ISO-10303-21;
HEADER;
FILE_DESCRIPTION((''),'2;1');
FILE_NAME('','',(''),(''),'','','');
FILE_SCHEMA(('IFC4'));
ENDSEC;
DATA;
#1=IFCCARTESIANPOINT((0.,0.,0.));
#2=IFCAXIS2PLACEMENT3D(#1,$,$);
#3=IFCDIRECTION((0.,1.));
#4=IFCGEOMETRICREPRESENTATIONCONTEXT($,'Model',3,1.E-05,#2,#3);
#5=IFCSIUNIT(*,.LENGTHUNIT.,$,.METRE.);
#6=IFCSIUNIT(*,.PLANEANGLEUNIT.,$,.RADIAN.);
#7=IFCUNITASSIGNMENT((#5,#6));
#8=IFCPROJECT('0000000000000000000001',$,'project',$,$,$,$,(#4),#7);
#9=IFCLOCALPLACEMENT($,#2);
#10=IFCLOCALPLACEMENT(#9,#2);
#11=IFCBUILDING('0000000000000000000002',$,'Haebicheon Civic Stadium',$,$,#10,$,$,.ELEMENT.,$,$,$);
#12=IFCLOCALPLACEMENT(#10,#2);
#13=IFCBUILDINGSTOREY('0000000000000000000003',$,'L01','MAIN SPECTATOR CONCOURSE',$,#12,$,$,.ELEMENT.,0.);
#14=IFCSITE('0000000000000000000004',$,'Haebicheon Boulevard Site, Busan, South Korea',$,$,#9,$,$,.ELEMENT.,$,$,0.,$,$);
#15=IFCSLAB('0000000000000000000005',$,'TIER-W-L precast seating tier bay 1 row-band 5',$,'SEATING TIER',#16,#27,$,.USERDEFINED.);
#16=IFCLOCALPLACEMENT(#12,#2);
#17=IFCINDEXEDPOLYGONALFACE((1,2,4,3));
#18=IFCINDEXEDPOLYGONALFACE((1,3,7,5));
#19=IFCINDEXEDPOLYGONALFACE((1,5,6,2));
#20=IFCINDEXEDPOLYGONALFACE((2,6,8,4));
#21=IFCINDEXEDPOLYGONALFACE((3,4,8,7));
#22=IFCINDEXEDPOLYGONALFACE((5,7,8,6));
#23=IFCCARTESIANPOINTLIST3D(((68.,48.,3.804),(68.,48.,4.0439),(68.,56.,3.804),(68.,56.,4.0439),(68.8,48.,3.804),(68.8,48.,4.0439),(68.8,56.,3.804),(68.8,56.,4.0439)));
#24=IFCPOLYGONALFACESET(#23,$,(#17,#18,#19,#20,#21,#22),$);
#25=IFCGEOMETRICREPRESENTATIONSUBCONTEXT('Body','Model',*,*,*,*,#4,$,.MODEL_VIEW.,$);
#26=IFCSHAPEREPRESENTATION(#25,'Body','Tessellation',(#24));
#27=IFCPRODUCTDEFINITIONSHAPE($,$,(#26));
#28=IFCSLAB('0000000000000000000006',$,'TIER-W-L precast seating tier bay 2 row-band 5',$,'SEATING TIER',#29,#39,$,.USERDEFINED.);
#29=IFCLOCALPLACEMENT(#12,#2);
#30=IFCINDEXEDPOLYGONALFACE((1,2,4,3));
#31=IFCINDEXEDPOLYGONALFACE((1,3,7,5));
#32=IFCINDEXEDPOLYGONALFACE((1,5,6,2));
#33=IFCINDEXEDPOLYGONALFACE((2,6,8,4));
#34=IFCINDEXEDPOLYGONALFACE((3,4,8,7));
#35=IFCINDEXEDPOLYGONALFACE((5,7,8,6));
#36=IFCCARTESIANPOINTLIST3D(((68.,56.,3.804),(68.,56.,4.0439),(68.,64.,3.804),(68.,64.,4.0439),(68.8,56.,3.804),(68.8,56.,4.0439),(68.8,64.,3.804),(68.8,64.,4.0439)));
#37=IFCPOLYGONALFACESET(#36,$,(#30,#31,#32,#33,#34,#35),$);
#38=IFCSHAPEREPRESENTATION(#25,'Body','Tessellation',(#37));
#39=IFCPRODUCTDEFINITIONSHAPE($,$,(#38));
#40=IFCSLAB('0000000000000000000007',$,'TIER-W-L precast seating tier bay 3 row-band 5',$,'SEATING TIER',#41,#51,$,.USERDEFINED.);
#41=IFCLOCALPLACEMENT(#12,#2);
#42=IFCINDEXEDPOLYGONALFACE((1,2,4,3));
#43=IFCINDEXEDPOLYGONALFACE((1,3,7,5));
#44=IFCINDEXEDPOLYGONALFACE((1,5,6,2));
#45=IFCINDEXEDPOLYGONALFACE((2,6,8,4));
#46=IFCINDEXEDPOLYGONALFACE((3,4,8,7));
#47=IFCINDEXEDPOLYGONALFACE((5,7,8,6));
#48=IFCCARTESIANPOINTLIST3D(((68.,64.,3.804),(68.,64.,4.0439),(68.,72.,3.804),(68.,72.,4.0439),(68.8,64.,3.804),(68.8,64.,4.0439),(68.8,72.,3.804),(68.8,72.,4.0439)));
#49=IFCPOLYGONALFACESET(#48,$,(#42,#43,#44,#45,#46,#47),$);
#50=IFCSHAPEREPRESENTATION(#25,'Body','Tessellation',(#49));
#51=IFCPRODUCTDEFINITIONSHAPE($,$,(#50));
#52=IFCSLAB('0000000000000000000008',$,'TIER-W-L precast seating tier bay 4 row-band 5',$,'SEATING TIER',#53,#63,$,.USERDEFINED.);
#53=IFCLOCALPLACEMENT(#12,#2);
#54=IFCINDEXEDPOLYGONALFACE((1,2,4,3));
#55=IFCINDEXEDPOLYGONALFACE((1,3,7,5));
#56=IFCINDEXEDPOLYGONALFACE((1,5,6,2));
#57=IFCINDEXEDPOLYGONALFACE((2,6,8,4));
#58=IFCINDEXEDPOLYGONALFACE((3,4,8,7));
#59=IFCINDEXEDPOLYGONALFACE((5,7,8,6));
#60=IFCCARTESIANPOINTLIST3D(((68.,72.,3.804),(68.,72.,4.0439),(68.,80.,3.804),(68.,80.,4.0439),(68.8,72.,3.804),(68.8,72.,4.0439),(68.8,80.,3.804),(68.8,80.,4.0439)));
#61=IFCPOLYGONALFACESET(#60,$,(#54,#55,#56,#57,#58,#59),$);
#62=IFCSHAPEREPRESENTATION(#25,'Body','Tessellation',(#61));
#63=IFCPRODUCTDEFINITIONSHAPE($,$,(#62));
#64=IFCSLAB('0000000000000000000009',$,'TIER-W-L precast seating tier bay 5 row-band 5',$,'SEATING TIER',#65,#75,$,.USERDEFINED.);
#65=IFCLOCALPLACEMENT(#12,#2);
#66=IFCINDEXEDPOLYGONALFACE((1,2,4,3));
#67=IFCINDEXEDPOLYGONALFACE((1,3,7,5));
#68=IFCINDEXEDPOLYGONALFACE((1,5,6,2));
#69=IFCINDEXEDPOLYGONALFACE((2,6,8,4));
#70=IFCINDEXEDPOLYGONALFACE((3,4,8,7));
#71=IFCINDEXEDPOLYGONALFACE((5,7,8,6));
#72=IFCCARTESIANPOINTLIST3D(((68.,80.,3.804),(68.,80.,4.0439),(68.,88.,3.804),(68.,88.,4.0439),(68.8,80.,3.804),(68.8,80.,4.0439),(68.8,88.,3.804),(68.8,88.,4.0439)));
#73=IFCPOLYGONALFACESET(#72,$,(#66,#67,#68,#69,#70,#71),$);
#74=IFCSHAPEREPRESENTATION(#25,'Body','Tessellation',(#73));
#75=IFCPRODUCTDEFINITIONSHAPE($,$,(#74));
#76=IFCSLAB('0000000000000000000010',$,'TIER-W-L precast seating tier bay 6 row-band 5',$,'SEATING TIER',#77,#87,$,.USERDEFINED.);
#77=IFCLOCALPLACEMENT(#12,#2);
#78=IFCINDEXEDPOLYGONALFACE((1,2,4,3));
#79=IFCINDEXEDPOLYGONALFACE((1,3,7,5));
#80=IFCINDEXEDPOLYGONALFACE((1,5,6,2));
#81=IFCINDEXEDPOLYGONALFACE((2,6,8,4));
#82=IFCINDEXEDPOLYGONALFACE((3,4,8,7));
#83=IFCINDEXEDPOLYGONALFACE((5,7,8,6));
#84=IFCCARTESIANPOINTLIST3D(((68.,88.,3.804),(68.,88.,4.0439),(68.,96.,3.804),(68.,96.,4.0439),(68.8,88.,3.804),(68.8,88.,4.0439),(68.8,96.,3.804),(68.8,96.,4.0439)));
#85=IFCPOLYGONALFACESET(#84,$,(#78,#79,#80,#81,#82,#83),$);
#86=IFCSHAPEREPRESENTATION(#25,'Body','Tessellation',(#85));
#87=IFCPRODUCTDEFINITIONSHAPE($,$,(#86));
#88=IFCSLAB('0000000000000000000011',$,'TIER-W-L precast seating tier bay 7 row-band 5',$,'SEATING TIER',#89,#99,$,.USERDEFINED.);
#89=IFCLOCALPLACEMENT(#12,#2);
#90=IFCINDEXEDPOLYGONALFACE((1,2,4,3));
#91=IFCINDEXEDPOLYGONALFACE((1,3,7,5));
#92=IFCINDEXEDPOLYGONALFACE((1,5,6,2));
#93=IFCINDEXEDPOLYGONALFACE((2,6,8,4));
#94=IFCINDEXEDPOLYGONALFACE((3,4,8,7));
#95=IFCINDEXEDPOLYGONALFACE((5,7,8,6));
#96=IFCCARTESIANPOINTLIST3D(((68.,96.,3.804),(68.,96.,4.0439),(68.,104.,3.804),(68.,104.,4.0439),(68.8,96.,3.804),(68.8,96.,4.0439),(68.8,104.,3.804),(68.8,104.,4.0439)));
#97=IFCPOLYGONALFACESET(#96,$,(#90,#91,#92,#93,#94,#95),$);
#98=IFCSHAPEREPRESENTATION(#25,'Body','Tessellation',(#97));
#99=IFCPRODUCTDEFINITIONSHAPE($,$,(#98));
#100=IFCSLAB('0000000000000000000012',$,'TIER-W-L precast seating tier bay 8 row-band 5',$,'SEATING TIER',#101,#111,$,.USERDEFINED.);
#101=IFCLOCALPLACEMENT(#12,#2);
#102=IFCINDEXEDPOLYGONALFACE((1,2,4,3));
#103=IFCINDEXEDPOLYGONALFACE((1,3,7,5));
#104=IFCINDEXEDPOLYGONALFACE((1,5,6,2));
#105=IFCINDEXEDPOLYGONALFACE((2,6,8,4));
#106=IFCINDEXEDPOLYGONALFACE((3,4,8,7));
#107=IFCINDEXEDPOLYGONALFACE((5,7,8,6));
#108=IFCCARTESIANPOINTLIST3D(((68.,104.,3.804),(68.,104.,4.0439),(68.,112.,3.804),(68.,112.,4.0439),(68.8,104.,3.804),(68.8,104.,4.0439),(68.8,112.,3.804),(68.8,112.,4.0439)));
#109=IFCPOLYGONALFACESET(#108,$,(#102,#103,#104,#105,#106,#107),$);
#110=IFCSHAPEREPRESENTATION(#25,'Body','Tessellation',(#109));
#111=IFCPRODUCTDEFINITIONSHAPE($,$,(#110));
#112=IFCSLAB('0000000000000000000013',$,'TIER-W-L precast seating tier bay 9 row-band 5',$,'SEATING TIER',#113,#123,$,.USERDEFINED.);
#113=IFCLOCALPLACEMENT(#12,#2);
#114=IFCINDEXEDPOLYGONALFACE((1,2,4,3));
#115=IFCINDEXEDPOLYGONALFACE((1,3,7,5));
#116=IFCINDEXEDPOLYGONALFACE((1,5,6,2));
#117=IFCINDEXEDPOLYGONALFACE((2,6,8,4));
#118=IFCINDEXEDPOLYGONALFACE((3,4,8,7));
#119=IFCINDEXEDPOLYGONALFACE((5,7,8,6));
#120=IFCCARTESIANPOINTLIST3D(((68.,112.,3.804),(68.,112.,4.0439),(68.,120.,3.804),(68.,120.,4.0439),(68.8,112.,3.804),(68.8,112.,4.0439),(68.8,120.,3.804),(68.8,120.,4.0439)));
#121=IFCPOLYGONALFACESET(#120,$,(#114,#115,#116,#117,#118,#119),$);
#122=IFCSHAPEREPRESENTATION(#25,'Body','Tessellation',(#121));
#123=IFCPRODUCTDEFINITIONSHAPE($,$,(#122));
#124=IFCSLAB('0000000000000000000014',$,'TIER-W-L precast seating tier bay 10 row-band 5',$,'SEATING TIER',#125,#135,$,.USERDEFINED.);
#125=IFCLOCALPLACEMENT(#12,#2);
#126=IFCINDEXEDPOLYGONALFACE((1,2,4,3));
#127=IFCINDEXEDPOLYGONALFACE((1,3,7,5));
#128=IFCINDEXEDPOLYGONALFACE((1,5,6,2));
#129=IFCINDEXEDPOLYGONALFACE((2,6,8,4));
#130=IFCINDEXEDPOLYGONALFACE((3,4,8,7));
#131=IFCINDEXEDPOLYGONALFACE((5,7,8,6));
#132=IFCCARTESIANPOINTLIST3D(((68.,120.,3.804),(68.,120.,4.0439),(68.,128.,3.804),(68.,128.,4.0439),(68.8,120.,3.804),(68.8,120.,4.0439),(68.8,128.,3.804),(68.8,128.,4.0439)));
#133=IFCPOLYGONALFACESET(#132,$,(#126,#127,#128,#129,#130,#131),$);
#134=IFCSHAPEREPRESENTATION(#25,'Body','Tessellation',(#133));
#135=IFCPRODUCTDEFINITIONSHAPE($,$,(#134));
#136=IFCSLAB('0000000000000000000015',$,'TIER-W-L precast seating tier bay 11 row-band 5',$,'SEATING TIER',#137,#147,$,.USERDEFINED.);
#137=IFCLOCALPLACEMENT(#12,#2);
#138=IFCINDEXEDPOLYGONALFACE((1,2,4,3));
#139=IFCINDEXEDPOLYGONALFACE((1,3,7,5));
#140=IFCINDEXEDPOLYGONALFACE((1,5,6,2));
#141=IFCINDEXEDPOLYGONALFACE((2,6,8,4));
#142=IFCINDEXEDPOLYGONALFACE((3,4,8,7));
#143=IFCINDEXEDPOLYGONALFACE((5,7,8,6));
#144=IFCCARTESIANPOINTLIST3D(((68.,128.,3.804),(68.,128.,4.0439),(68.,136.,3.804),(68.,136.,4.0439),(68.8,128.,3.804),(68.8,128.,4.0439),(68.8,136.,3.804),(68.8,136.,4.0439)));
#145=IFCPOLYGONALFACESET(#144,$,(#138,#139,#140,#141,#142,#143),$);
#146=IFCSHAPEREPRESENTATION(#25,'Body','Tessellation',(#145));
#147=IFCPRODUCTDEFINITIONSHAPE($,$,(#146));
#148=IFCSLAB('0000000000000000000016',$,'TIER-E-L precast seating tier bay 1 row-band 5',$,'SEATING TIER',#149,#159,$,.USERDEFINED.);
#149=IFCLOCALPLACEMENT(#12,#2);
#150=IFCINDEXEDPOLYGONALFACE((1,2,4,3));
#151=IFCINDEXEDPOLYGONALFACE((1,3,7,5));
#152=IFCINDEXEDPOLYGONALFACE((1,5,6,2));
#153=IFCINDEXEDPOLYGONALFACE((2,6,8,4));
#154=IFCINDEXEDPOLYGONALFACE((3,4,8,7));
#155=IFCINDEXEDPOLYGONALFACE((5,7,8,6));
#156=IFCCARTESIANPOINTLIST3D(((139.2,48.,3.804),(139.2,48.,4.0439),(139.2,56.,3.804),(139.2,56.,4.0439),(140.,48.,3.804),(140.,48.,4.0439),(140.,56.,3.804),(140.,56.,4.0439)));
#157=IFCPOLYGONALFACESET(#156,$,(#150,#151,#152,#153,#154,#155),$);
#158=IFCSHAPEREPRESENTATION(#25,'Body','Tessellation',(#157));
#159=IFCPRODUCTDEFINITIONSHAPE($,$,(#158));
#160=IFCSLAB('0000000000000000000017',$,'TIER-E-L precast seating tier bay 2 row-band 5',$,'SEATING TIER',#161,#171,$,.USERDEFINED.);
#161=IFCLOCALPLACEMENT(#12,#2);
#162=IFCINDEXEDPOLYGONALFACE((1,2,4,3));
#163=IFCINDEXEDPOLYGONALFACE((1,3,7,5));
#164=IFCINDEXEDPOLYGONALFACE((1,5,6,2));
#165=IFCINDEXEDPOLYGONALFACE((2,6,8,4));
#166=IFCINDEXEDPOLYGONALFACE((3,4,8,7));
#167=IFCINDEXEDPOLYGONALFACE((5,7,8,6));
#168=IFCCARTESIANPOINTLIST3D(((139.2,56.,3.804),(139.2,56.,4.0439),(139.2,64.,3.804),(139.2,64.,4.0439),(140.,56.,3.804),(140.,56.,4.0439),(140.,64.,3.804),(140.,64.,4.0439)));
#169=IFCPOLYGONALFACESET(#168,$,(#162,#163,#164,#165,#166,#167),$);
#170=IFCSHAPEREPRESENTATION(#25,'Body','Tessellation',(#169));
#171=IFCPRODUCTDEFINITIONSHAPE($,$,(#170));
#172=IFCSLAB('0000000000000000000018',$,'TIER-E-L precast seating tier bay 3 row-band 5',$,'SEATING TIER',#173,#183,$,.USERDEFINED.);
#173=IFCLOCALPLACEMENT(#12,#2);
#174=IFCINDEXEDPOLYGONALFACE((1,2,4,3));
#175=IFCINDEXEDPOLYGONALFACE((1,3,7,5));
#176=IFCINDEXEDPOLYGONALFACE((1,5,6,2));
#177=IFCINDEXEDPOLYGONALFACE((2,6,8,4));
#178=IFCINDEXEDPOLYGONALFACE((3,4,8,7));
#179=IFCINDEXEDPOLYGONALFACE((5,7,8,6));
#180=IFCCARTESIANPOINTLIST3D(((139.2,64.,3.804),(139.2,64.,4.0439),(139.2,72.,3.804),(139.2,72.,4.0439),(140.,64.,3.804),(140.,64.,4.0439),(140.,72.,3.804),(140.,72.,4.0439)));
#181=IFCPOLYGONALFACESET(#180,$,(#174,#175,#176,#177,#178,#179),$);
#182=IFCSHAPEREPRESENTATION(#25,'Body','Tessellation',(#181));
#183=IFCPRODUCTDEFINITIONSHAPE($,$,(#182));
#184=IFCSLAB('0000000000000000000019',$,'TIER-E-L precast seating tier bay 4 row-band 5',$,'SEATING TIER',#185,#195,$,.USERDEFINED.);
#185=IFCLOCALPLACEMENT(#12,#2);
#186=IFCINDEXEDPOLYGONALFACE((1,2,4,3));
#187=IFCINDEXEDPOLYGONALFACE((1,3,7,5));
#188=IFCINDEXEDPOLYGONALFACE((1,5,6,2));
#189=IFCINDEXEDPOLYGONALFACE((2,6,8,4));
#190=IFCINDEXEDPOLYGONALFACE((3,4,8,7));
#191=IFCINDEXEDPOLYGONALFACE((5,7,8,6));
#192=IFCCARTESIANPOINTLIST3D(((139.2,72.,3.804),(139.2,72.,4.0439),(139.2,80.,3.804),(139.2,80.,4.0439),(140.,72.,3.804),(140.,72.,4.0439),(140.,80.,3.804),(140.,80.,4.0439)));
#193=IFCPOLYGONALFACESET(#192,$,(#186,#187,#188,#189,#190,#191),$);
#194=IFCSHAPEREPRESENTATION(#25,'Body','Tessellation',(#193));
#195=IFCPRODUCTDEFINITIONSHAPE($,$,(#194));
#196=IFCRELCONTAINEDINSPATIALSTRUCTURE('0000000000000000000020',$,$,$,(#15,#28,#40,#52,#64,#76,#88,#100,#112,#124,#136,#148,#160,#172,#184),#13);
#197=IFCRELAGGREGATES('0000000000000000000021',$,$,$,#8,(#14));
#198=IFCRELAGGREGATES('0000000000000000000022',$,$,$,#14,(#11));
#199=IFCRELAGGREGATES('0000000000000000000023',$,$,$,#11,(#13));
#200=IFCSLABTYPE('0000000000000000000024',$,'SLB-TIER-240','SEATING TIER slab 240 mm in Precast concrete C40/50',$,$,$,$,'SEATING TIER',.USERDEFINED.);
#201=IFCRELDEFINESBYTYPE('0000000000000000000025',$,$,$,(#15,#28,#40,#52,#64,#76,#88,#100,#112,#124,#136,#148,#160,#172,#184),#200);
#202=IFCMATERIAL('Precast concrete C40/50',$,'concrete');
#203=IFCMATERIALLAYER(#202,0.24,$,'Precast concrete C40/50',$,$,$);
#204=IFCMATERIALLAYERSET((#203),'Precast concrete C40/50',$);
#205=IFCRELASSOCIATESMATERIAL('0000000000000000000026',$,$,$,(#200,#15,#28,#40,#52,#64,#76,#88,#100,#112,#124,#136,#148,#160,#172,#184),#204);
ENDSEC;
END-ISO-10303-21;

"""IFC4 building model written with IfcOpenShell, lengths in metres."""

from ifc_helpers import new_model, si_unit, direction, frame, origin, place, context, subcontext, project, spatial, polyline, outline, extrude, material, layer, layer_set, type_object, element, save


model = new_model("IFC4")

# Units and contexts
model_context = context("Model", 3, precision=1e-05, world=origin(), true_north=direction((0.0, 1.0)))
body_context = subcontext(model_context, "Body", "Model", "MODEL_VIEW")
ifc_project = project(units=[si_unit("LENGTHUNIT", "METRE"), si_unit("PLANEANGLEUNIT", "RADIAN")], contexts=[model_context])

# Site, building, storey
site_placement = place(None, origin())
site = spatial("IfcSite", under=ifc_project, at=site_placement, Name="Haebicheon Boulevard Site, Busan, South Korea", CompositionType="ELEMENT", RefElevation=0.0)
building_placement = place(site_placement, origin())
building = spatial("IfcBuilding", under=site, at=building_placement, Name="Haebicheon Civic Stadium", CompositionType="ELEMENT")
storey_placement = place(building_placement, origin())
storey = spatial("IfcBuildingStorey", under=building, at=storey_placement, Name="L01", Description="MAIN SPECTATOR CONCOURSE", CompositionType="ELEMENT", Elevation=0.0)

# Slabs
ifc_material = material(Name="Precast concrete C40/50", Category="concrete")
ifc_layer = layer(ifc_material, 0.24, Name="Precast concrete C40/50")
ifc_layer_set = layer_set([ifc_layer], Name="Precast concrete C40/50")
slab_type = type_object("IfcSlabType", Name="SLB-TIER-240", Description="SEATING TIER slab 240 mm in Precast concrete C40/50", ElementType="SEATING TIER", PredefinedType="USERDEFINED", material=ifc_layer_set)
slab_1_placement = place(storey_placement, frame((0.0, 0.0, 3.804)))
element("IfcSlab", 1, at=slab_1_placement, inside=storey, type_object=slab_type, material=ifc_layer_set, Name="TIER-W-L precast seating tier bay 1 row-band 5", ObjectType="SEATING TIER", PredefinedType="USERDEFINED", context=body_context, shape_type="SweptSolid", body=[
    extrude(outline(polyline([(68.0, 48.0), (68.8, 48.0), (68.8, 56.0), (68.0, 56.0), (68.0, 48.0)])), origin(), (0.0, 0.0, 1.0), 0.24),
])
slab_2_placement = place(storey_placement, frame((0.0, 0.0, 3.804)))
element("IfcSlab", 2, at=slab_2_placement, inside=storey, type_object=slab_type, material=ifc_layer_set, Name="TIER-W-L precast seating tier bay 2 row-band 5", ObjectType="SEATING TIER", PredefinedType="USERDEFINED", context=body_context, shape_type="SweptSolid", body=[
    extrude(outline(polyline([(68.0, 56.0), (68.8, 56.0), (68.8, 64.0), (68.0, 64.0), (68.0, 56.0)])), origin(), (0.0, 0.0, 1.0), 0.24),
])
slab_3_placement = place(storey_placement, frame((0.0, 0.0, 3.804)))
element("IfcSlab", 3, at=slab_3_placement, inside=storey, type_object=slab_type, material=ifc_layer_set, Name="TIER-W-L precast seating tier bay 3 row-band 5", ObjectType="SEATING TIER", PredefinedType="USERDEFINED", context=body_context, shape_type="SweptSolid", body=[
    extrude(outline(polyline([(68.0, 64.0), (68.8, 64.0), (68.8, 72.0), (68.0, 72.0), (68.0, 64.0)])), origin(), (0.0, 0.0, 1.0), 0.24),
])
slab_4_placement = place(storey_placement, frame((0.0, 0.0, 3.804)))
element("IfcSlab", 4, at=slab_4_placement, inside=storey, type_object=slab_type, material=ifc_layer_set, Name="TIER-W-L precast seating tier bay 4 row-band 5", ObjectType="SEATING TIER", PredefinedType="USERDEFINED", context=body_context, shape_type="SweptSolid", body=[
    extrude(outline(polyline([(68.0, 72.0), (68.8, 72.0), (68.8, 80.0), (68.0, 80.0), (68.0, 72.0)])), origin(), (0.0, 0.0, 1.0), 0.24),
])
slab_5_placement = place(storey_placement, frame((0.0, 0.0, 3.804)))
element("IfcSlab", 5, at=slab_5_placement, inside=storey, type_object=slab_type, material=ifc_layer_set, Name="TIER-W-L precast seating tier bay 5 row-band 5", ObjectType="SEATING TIER", PredefinedType="USERDEFINED", context=body_context, shape_type="SweptSolid", body=[
    extrude(outline(polyline([(68.0, 80.0), (68.8, 80.0), (68.8, 88.0), (68.0, 88.0), (68.0, 80.0)])), origin(), (0.0, 0.0, 1.0), 0.24),
])
slab_6_placement = place(storey_placement, frame((0.0, 0.0, 3.804)))
element("IfcSlab", 6, at=slab_6_placement, inside=storey, type_object=slab_type, material=ifc_layer_set, Name="TIER-W-L precast seating tier bay 6 row-band 5", ObjectType="SEATING TIER", PredefinedType="USERDEFINED", context=body_context, shape_type="SweptSolid", body=[
    extrude(outline(polyline([(68.0, 88.0), (68.8, 88.0), (68.8, 96.0), (68.0, 96.0), (68.0, 88.0)])), origin(), (0.0, 0.0, 1.0), 0.24),
])
slab_7_placement = place(storey_placement, frame((0.0, 0.0, 3.804)))
element("IfcSlab", 7, at=slab_7_placement, inside=storey, type_object=slab_type, material=ifc_layer_set, Name="TIER-W-L precast seating tier bay 7 row-band 5", ObjectType="SEATING TIER", PredefinedType="USERDEFINED", context=body_context, shape_type="SweptSolid", body=[
    extrude(outline(polyline([(68.0, 96.0), (68.8, 96.0), (68.8, 104.0), (68.0, 104.0), (68.0, 96.0)])), origin(), (0.0, 0.0, 1.0), 0.24),
])
slab_8_placement = place(storey_placement, frame((0.0, 0.0, 3.804)))
element("IfcSlab", 8, at=slab_8_placement, inside=storey, type_object=slab_type, material=ifc_layer_set, Name="TIER-W-L precast seating tier bay 8 row-band 5", ObjectType="SEATING TIER", PredefinedType="USERDEFINED", context=body_context, shape_type="SweptSolid", body=[
    extrude(outline(polyline([(68.0, 104.0), (68.8, 104.0), (68.8, 112.0), (68.0, 112.0), (68.0, 104.0)])), origin(), (0.0, 0.0, 1.0), 0.24),
])
slab_9_placement = place(storey_placement, frame((0.0, 0.0, 3.804)))
element("IfcSlab", 9, at=slab_9_placement, inside=storey, type_object=slab_type, material=ifc_layer_set, Name="TIER-W-L precast seating tier bay 9 row-band 5", ObjectType="SEATING TIER", PredefinedType="USERDEFINED", context=body_context, shape_type="SweptSolid", body=[
    extrude(outline(polyline([(68.0, 112.0), (68.8, 112.0), (68.8, 120.0), (68.0, 120.0), (68.0, 112.0)])), origin(), (0.0, 0.0, 1.0), 0.24),
])
slab_10_placement = place(storey_placement, frame((0.0, 0.0, 3.804)))
element("IfcSlab", 10, at=slab_10_placement, inside=storey, type_object=slab_type, material=ifc_layer_set, Name="TIER-W-L precast seating tier bay 10 row-band 5", ObjectType="SEATING TIER", PredefinedType="USERDEFINED", context=body_context, shape_type="SweptSolid", body=[
    extrude(outline(polyline([(68.0, 120.0), (68.8, 120.0), (68.8, 128.0), (68.0, 128.0), (68.0, 120.0)])), origin(), (0.0, 0.0, 1.0), 0.24),
])
slab_11_placement = place(storey_placement, frame((0.0, 0.0, 3.804)))
element("IfcSlab", 11, at=slab_11_placement, inside=storey, type_object=slab_type, material=ifc_layer_set, Name="TIER-W-L precast seating tier bay 11 row-band 5", ObjectType="SEATING TIER", PredefinedType="USERDEFINED", context=body_context, shape_type="SweptSolid", body=[
    extrude(outline(polyline([(68.0, 128.0), (68.8, 128.0), (68.8, 136.0), (68.0, 136.0), (68.0, 128.0)])), origin(), (0.0, 0.0, 1.0), 0.24),
])
slab_12_placement = place(storey_placement, frame((0.0, 0.0, 3.804)))
element("IfcSlab", 12, at=slab_12_placement, inside=storey, type_object=slab_type, material=ifc_layer_set, Name="TIER-E-L precast seating tier bay 1 row-band 5", ObjectType="SEATING TIER", PredefinedType="USERDEFINED", context=body_context, shape_type="SweptSolid", body=[
    extrude(outline(polyline([(139.2, 48.0), (140.0, 48.0), (140.0, 56.0), (139.2, 56.0), (139.2, 48.0)])), origin(), (0.0, 0.0, 1.0), 0.24),
])
slab_13_placement = place(storey_placement, frame((0.0, 0.0, 3.804)))
element("IfcSlab", 13, at=slab_13_placement, inside=storey, type_object=slab_type, material=ifc_layer_set, Name="TIER-E-L precast seating tier bay 2 row-band 5", ObjectType="SEATING TIER", PredefinedType="USERDEFINED", context=body_context, shape_type="SweptSolid", body=[
    extrude(outline(polyline([(139.2, 56.0), (140.0, 56.0), (140.0, 64.0), (139.2, 64.0), (139.2, 56.0)])), origin(), (0.0, 0.0, 1.0), 0.24),
])
slab_14_placement = place(storey_placement, frame((0.0, 0.0, 3.804)))
element("IfcSlab", 14, at=slab_14_placement, inside=storey, type_object=slab_type, material=ifc_layer_set, Name="TIER-E-L precast seating tier bay 3 row-band 5", ObjectType="SEATING TIER", PredefinedType="USERDEFINED", context=body_context, shape_type="SweptSolid", body=[
    extrude(outline(polyline([(139.2, 64.0), (140.0, 64.0), (140.0, 72.0), (139.2, 72.0), (139.2, 64.0)])), origin(), (0.0, 0.0, 1.0), 0.24),
])
slab_15_placement = place(storey_placement, frame((0.0, 0.0, 3.804)))
element("IfcSlab", 15, at=slab_15_placement, inside=storey, type_object=slab_type, material=ifc_layer_set, Name="TIER-E-L precast seating tier bay 4 row-band 5", ObjectType="SEATING TIER", PredefinedType="USERDEFINED", context=body_context, shape_type="SweptSolid", body=[
    extrude(outline(polyline([(139.2, 72.0), (140.0, 72.0), (140.0, 80.0), (139.2, 80.0), (139.2, 72.0)])), origin(), (0.0, 0.0, 1.0), 0.24),
])

save(model, "model.ifc")
